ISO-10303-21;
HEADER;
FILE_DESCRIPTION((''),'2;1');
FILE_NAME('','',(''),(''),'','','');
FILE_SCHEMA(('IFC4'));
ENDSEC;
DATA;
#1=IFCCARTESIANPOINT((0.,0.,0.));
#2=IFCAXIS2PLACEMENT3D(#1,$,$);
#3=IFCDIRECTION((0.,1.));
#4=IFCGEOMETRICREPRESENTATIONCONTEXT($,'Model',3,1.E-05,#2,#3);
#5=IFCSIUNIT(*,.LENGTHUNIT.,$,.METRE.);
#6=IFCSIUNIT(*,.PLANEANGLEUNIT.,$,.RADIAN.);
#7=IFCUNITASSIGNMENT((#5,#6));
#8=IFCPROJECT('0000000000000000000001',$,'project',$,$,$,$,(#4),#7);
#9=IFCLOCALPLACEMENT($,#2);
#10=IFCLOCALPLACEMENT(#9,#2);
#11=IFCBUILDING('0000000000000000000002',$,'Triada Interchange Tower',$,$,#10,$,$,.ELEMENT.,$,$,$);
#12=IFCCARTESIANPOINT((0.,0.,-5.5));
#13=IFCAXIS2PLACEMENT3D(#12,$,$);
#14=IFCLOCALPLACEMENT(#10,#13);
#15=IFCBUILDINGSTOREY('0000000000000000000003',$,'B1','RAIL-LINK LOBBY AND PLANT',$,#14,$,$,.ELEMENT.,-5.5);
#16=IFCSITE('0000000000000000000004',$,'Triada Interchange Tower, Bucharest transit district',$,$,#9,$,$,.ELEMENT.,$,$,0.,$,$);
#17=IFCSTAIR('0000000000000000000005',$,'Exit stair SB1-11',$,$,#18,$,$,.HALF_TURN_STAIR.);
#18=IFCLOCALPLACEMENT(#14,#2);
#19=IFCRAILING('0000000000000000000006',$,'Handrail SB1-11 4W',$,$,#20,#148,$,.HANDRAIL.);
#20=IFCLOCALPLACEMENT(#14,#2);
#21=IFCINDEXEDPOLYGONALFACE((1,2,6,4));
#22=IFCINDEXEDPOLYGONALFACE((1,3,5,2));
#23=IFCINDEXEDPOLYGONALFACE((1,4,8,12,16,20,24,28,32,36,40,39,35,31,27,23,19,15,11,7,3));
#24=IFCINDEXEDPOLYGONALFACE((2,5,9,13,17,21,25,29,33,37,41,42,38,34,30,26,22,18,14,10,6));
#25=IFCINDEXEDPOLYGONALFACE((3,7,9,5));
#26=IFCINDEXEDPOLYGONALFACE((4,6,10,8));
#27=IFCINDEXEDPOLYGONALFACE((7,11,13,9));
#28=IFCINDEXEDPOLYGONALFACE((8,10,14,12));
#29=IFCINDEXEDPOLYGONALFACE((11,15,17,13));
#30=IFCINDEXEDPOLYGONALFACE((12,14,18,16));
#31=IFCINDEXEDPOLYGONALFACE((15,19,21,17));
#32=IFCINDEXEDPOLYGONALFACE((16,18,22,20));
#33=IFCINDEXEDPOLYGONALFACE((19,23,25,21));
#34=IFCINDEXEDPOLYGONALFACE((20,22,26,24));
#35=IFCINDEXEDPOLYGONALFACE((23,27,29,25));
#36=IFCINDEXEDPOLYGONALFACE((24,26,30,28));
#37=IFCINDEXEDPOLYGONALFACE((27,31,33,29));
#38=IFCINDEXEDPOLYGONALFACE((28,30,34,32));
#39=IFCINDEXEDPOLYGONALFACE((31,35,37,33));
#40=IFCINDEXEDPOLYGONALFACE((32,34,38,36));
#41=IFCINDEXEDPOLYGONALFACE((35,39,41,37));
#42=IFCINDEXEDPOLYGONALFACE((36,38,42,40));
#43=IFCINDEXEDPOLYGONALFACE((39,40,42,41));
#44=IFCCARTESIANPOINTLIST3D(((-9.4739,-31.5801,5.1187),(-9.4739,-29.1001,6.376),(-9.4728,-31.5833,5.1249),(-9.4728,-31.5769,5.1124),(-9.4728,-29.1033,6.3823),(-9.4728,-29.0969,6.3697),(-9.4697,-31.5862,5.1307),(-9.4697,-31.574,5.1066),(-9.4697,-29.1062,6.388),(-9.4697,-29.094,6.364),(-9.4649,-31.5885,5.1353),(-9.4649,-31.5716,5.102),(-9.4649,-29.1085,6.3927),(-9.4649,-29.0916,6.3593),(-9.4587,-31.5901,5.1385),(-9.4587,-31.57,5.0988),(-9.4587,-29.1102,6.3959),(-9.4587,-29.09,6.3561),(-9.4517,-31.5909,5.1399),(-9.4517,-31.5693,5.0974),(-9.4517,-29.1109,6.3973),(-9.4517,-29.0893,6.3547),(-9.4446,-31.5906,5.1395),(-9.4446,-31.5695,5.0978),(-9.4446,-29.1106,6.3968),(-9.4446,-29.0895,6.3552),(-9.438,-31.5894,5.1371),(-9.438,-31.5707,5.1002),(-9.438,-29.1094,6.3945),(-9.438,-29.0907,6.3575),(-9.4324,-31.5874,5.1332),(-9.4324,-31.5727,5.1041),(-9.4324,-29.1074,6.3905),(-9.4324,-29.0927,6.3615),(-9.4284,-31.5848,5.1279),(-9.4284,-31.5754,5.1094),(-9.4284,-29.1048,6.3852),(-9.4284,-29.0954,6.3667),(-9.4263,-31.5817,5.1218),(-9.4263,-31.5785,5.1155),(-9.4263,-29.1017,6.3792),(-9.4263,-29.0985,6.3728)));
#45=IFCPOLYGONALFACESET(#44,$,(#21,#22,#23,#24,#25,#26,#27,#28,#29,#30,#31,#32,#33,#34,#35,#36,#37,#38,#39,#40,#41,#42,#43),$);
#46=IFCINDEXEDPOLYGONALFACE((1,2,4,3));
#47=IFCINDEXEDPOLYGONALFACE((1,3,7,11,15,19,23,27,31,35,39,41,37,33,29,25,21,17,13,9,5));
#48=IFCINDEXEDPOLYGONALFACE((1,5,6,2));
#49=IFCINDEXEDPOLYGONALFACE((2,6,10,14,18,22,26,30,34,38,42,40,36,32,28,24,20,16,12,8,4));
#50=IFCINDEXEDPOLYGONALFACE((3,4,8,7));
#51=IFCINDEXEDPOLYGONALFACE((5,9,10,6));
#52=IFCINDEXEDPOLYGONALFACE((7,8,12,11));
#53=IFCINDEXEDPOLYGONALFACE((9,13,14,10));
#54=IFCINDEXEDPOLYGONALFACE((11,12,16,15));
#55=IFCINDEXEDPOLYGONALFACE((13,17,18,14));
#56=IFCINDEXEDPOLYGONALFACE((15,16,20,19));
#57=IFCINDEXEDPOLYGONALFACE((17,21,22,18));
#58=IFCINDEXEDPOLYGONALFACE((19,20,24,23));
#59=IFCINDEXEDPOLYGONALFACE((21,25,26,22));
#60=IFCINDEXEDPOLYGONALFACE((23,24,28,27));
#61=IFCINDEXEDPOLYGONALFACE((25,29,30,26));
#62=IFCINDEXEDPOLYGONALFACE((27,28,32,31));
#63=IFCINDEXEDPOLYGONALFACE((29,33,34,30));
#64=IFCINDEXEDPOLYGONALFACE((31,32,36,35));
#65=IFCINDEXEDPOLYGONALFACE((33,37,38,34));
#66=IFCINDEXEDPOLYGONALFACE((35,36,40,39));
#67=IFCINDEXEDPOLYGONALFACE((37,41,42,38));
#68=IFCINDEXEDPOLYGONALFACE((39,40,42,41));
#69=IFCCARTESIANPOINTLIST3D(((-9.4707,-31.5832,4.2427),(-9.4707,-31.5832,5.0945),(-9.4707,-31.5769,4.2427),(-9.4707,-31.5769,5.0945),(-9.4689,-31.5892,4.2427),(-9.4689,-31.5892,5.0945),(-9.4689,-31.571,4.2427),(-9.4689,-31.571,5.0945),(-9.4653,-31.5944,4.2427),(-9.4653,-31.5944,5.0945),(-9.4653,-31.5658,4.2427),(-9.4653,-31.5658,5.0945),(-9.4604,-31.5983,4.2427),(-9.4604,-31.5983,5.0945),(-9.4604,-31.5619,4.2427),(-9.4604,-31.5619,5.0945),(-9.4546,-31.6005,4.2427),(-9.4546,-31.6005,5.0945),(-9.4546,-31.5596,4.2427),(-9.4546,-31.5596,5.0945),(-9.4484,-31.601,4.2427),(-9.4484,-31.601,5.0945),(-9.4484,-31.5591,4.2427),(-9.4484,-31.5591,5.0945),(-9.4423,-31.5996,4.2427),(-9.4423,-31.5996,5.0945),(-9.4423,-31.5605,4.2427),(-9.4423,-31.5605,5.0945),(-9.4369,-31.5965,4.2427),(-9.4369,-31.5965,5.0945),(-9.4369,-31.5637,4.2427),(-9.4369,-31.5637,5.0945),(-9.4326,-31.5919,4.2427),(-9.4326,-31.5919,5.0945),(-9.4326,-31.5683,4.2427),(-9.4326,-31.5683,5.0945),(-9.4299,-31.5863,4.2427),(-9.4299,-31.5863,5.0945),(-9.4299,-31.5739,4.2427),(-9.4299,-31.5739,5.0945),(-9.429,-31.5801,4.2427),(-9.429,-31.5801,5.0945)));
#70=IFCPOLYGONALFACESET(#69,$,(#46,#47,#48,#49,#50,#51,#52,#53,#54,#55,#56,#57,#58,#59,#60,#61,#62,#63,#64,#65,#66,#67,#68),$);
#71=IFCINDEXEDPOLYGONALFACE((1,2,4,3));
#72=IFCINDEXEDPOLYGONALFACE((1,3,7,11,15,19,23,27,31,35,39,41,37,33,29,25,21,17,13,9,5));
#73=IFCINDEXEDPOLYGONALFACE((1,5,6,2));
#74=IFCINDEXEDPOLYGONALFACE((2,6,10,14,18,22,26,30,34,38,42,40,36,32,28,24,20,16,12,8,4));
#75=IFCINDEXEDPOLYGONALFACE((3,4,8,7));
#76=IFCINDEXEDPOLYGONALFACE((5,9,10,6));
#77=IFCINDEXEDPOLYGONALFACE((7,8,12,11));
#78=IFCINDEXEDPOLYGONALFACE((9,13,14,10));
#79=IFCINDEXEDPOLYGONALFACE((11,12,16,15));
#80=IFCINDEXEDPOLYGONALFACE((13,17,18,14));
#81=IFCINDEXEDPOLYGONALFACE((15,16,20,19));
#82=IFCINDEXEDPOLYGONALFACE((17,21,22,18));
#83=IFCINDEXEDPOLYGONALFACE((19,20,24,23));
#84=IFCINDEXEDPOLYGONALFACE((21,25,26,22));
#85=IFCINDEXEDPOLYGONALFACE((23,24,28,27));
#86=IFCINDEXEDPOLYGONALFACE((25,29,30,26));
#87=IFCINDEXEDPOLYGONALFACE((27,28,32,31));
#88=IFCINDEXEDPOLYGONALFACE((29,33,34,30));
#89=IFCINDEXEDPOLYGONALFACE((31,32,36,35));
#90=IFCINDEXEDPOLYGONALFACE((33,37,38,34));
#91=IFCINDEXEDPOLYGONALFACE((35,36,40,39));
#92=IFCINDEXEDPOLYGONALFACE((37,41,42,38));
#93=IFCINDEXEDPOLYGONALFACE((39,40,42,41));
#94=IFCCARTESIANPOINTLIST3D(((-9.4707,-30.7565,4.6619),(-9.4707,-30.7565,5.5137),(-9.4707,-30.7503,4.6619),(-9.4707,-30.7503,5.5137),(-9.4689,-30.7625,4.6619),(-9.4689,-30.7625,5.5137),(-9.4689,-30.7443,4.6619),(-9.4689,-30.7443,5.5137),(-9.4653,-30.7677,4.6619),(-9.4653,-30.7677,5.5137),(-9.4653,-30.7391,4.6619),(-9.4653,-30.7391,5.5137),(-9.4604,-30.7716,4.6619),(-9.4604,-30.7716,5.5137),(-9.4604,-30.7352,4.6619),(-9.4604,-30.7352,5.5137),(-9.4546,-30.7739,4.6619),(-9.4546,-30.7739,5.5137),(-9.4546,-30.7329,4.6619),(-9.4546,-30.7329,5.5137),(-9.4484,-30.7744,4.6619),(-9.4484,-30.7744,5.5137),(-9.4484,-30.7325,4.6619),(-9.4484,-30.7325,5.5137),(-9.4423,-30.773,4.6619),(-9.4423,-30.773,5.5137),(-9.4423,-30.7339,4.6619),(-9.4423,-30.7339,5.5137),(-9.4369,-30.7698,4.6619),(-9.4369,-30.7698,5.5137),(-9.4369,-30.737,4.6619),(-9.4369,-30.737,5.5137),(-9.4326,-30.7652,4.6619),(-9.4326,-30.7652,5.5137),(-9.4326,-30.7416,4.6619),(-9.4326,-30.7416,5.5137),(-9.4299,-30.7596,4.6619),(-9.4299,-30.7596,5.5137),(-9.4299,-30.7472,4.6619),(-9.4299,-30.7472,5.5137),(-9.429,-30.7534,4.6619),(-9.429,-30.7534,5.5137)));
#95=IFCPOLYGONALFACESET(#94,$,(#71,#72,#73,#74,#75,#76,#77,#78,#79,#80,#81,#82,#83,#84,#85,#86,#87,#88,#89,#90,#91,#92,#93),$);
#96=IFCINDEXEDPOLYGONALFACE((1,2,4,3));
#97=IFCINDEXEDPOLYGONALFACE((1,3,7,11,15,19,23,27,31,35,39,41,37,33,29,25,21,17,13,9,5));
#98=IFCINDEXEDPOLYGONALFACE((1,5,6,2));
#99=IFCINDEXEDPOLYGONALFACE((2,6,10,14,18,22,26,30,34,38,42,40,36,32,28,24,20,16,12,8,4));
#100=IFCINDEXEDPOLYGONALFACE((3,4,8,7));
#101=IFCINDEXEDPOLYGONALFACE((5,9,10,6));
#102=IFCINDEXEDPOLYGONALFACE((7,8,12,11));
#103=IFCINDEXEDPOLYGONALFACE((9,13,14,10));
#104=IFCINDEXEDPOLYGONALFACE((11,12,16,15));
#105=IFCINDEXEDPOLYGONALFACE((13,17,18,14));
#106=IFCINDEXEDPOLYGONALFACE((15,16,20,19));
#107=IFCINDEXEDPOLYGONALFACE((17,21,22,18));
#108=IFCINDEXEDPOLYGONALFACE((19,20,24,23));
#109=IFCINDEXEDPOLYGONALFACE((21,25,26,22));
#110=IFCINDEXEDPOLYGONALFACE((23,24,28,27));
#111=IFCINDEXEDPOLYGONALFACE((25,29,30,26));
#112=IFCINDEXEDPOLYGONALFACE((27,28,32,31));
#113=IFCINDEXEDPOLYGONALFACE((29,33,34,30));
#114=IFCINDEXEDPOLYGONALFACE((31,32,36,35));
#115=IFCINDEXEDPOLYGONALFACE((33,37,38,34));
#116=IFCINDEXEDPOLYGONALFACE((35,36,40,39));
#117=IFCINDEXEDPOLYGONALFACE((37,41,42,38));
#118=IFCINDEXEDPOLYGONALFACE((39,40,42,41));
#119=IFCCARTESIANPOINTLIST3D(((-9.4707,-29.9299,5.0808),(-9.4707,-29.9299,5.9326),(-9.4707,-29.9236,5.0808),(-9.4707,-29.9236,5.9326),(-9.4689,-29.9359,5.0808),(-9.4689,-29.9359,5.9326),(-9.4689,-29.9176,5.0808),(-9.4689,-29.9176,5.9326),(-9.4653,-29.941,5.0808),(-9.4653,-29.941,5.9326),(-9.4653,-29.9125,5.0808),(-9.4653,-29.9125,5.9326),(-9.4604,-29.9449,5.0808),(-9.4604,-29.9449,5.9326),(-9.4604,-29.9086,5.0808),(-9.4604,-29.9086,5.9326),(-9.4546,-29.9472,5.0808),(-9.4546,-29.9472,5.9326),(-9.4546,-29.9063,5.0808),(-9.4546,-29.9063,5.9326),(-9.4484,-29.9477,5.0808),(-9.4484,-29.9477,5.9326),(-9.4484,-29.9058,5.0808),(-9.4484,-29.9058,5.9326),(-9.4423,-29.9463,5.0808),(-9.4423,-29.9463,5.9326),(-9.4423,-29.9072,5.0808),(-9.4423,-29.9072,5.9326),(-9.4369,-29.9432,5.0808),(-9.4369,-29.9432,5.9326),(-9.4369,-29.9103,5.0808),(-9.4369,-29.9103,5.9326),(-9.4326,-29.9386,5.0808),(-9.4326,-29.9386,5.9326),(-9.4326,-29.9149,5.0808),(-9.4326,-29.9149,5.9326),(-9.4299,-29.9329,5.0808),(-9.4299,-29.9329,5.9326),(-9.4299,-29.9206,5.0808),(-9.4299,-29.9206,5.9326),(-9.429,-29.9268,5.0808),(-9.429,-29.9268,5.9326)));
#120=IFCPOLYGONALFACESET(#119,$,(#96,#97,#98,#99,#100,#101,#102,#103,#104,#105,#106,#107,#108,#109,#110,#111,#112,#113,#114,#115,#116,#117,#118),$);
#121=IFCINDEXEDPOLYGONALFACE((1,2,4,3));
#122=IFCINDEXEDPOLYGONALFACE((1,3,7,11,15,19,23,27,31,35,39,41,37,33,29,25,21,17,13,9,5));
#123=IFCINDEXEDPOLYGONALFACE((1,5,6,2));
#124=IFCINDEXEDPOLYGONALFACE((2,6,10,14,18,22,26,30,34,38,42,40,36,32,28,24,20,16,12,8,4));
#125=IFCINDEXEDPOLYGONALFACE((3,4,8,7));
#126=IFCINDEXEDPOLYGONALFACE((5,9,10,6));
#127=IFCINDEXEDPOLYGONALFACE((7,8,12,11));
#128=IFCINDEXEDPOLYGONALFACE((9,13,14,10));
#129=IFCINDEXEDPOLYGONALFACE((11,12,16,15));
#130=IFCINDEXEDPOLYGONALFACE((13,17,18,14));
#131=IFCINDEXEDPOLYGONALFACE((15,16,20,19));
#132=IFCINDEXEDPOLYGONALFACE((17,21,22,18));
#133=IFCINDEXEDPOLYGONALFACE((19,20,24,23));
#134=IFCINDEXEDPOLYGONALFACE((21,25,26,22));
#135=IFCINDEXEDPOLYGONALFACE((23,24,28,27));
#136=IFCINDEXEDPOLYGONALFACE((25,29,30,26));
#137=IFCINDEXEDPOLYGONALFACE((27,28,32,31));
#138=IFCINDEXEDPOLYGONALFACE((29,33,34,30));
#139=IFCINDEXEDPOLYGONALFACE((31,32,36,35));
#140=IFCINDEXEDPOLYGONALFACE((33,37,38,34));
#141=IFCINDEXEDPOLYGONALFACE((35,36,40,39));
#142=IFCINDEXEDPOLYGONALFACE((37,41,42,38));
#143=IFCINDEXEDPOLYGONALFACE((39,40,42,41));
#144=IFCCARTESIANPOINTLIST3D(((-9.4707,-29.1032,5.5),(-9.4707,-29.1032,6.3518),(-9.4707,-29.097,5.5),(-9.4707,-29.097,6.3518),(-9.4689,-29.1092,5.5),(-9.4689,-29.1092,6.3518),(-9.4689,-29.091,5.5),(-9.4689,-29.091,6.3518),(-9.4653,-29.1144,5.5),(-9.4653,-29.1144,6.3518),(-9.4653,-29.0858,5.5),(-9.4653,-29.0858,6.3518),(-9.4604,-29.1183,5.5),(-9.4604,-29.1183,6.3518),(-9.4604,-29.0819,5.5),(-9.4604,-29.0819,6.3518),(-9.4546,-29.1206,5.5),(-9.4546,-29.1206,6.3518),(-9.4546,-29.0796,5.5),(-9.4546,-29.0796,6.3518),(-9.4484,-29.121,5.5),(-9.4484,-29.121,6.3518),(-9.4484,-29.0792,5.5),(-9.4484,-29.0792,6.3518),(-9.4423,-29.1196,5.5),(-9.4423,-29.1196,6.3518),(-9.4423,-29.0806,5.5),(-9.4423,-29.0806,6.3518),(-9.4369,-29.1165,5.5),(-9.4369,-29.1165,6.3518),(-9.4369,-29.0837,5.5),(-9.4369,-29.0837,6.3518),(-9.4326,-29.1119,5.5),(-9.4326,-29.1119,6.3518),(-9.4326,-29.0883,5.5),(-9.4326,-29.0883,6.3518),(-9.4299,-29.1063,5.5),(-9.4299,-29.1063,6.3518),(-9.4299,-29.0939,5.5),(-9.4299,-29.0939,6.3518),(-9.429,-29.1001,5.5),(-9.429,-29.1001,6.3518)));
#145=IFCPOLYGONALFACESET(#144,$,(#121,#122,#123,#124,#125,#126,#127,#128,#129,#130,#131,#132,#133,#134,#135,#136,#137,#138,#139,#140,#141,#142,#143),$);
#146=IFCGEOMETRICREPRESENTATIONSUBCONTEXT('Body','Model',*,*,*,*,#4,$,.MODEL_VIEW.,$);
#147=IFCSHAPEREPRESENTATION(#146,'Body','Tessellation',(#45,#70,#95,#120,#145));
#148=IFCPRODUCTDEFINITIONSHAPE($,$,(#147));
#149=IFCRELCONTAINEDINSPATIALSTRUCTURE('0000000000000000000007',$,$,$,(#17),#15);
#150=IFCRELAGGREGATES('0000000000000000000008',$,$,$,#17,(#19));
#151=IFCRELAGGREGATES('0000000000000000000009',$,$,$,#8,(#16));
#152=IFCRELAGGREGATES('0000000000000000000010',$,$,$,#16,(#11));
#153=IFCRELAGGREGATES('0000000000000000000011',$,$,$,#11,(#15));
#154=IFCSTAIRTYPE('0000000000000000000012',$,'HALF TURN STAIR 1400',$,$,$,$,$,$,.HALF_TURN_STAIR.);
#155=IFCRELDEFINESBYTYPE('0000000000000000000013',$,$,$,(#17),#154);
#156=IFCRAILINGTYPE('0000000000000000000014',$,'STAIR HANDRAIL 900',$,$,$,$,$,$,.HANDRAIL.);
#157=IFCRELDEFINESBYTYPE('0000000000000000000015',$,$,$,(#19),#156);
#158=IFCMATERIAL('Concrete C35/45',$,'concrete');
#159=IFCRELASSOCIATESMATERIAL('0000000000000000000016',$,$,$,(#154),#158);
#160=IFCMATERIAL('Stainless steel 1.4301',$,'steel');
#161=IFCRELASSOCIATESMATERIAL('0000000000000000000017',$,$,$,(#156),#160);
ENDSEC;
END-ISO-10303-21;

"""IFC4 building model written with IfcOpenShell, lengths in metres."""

from ifc_helpers import new_model, si_unit, direction, frame, origin, origin_2d, place, context, subcontext, project, spatial, circle, extrude, material, type_object, element, aggregate, save


model = new_model("IFC4")

# Units and contexts
model_context = context("Model", 3, precision=1e-05, world=origin(), true_north=direction((0.0, 1.0)))
body_context = subcontext(model_context, "Body", "Model", "MODEL_VIEW")
ifc_project = project(units=[si_unit("LENGTHUNIT", "METRE"), si_unit("PLANEANGLEUNIT", "RADIAN")], contexts=[model_context])

# Site, building, storey
site_placement = place(None, origin())
site = spatial("IfcSite", under=ifc_project, at=site_placement, Name="Triada Interchange Tower, Bucharest transit district", CompositionType="ELEMENT", RefElevation=0.0)
building_placement = place(site_placement, origin())
building = spatial("IfcBuilding", under=site, at=building_placement, Name="Triada Interchange Tower", CompositionType="ELEMENT")
storey_placement = place(building_placement, frame((0.0, 0.0, -5.5)))
storey = spatial("IfcBuildingStorey", under=building, at=storey_placement, Name="B1", Description="RAIL-LINK LOBBY AND PLANT", CompositionType="ELEMENT", Elevation=-5.5)

# Shared definitions
ifc_material_1 = material(Name="Concrete C35/45", Category="concrete")

# Stair, railing
stair_type = type_object("IfcStairType", Name="HALF TURN STAIR 1400", PredefinedType="HALF_TURN_STAIR", material=ifc_material_1)
stair_placement = place(storey_placement, origin())
stair = element("IfcStair", 1, at=stair_placement, inside=storey, type_object=stair_type, Name="Exit stair SB1-11", PredefinedType="HALF_TURN_STAIR")
ifc_material_2 = material(Name="Stainless steel 1.4301", Category="steel")
railing_type_1 = type_object("IfcRailingType", Name="STAIR HANDRAIL 900", PredefinedType="HANDRAIL", material=ifc_material_2)
railing_1_placement = place(storey_placement, frame((-9.45, -31.5801, 4.2427)))
railing_1 = element("IfcRailing", 2, at=railing_1_placement, type_object=railing_type_1, Name="Handrail SB1-11 4W", PredefinedType="HANDRAIL", context=body_context, shape_type="SweptSolid", body=[
    extrude(circle(Radius=0.0239, at=origin_2d()), frame((0.0, 0.0, 0.876), z_axis=(0.0, 0.89192, 0.452194), x_axis=(-1.0, 0.0, 0.0)), (0.0, 0.0, 1.0), 2.7805),
    extrude(circle(Radius=0.021, at=origin_2d()), origin(), (0.0, 0.0, 1.0), 0.8518),
    extrude(circle(Radius=0.021, at=origin_2d()), frame((0.0, 0.8267, 0.4192)), (0.0, 0.0, 1.0), 0.8518),
    extrude(circle(Radius=0.021, at=origin_2d()), frame((0.0, 1.6533, 0.8381)), (0.0, 0.0, 1.0), 0.8518),
    extrude(circle(Radius=0.021, at=origin_2d()), frame((0.0, 2.48, 1.2573)), (0.0, 0.0, 1.0), 0.8518),
])
aggregate(stair, [railing_1])

save(model, "model.ifc")
